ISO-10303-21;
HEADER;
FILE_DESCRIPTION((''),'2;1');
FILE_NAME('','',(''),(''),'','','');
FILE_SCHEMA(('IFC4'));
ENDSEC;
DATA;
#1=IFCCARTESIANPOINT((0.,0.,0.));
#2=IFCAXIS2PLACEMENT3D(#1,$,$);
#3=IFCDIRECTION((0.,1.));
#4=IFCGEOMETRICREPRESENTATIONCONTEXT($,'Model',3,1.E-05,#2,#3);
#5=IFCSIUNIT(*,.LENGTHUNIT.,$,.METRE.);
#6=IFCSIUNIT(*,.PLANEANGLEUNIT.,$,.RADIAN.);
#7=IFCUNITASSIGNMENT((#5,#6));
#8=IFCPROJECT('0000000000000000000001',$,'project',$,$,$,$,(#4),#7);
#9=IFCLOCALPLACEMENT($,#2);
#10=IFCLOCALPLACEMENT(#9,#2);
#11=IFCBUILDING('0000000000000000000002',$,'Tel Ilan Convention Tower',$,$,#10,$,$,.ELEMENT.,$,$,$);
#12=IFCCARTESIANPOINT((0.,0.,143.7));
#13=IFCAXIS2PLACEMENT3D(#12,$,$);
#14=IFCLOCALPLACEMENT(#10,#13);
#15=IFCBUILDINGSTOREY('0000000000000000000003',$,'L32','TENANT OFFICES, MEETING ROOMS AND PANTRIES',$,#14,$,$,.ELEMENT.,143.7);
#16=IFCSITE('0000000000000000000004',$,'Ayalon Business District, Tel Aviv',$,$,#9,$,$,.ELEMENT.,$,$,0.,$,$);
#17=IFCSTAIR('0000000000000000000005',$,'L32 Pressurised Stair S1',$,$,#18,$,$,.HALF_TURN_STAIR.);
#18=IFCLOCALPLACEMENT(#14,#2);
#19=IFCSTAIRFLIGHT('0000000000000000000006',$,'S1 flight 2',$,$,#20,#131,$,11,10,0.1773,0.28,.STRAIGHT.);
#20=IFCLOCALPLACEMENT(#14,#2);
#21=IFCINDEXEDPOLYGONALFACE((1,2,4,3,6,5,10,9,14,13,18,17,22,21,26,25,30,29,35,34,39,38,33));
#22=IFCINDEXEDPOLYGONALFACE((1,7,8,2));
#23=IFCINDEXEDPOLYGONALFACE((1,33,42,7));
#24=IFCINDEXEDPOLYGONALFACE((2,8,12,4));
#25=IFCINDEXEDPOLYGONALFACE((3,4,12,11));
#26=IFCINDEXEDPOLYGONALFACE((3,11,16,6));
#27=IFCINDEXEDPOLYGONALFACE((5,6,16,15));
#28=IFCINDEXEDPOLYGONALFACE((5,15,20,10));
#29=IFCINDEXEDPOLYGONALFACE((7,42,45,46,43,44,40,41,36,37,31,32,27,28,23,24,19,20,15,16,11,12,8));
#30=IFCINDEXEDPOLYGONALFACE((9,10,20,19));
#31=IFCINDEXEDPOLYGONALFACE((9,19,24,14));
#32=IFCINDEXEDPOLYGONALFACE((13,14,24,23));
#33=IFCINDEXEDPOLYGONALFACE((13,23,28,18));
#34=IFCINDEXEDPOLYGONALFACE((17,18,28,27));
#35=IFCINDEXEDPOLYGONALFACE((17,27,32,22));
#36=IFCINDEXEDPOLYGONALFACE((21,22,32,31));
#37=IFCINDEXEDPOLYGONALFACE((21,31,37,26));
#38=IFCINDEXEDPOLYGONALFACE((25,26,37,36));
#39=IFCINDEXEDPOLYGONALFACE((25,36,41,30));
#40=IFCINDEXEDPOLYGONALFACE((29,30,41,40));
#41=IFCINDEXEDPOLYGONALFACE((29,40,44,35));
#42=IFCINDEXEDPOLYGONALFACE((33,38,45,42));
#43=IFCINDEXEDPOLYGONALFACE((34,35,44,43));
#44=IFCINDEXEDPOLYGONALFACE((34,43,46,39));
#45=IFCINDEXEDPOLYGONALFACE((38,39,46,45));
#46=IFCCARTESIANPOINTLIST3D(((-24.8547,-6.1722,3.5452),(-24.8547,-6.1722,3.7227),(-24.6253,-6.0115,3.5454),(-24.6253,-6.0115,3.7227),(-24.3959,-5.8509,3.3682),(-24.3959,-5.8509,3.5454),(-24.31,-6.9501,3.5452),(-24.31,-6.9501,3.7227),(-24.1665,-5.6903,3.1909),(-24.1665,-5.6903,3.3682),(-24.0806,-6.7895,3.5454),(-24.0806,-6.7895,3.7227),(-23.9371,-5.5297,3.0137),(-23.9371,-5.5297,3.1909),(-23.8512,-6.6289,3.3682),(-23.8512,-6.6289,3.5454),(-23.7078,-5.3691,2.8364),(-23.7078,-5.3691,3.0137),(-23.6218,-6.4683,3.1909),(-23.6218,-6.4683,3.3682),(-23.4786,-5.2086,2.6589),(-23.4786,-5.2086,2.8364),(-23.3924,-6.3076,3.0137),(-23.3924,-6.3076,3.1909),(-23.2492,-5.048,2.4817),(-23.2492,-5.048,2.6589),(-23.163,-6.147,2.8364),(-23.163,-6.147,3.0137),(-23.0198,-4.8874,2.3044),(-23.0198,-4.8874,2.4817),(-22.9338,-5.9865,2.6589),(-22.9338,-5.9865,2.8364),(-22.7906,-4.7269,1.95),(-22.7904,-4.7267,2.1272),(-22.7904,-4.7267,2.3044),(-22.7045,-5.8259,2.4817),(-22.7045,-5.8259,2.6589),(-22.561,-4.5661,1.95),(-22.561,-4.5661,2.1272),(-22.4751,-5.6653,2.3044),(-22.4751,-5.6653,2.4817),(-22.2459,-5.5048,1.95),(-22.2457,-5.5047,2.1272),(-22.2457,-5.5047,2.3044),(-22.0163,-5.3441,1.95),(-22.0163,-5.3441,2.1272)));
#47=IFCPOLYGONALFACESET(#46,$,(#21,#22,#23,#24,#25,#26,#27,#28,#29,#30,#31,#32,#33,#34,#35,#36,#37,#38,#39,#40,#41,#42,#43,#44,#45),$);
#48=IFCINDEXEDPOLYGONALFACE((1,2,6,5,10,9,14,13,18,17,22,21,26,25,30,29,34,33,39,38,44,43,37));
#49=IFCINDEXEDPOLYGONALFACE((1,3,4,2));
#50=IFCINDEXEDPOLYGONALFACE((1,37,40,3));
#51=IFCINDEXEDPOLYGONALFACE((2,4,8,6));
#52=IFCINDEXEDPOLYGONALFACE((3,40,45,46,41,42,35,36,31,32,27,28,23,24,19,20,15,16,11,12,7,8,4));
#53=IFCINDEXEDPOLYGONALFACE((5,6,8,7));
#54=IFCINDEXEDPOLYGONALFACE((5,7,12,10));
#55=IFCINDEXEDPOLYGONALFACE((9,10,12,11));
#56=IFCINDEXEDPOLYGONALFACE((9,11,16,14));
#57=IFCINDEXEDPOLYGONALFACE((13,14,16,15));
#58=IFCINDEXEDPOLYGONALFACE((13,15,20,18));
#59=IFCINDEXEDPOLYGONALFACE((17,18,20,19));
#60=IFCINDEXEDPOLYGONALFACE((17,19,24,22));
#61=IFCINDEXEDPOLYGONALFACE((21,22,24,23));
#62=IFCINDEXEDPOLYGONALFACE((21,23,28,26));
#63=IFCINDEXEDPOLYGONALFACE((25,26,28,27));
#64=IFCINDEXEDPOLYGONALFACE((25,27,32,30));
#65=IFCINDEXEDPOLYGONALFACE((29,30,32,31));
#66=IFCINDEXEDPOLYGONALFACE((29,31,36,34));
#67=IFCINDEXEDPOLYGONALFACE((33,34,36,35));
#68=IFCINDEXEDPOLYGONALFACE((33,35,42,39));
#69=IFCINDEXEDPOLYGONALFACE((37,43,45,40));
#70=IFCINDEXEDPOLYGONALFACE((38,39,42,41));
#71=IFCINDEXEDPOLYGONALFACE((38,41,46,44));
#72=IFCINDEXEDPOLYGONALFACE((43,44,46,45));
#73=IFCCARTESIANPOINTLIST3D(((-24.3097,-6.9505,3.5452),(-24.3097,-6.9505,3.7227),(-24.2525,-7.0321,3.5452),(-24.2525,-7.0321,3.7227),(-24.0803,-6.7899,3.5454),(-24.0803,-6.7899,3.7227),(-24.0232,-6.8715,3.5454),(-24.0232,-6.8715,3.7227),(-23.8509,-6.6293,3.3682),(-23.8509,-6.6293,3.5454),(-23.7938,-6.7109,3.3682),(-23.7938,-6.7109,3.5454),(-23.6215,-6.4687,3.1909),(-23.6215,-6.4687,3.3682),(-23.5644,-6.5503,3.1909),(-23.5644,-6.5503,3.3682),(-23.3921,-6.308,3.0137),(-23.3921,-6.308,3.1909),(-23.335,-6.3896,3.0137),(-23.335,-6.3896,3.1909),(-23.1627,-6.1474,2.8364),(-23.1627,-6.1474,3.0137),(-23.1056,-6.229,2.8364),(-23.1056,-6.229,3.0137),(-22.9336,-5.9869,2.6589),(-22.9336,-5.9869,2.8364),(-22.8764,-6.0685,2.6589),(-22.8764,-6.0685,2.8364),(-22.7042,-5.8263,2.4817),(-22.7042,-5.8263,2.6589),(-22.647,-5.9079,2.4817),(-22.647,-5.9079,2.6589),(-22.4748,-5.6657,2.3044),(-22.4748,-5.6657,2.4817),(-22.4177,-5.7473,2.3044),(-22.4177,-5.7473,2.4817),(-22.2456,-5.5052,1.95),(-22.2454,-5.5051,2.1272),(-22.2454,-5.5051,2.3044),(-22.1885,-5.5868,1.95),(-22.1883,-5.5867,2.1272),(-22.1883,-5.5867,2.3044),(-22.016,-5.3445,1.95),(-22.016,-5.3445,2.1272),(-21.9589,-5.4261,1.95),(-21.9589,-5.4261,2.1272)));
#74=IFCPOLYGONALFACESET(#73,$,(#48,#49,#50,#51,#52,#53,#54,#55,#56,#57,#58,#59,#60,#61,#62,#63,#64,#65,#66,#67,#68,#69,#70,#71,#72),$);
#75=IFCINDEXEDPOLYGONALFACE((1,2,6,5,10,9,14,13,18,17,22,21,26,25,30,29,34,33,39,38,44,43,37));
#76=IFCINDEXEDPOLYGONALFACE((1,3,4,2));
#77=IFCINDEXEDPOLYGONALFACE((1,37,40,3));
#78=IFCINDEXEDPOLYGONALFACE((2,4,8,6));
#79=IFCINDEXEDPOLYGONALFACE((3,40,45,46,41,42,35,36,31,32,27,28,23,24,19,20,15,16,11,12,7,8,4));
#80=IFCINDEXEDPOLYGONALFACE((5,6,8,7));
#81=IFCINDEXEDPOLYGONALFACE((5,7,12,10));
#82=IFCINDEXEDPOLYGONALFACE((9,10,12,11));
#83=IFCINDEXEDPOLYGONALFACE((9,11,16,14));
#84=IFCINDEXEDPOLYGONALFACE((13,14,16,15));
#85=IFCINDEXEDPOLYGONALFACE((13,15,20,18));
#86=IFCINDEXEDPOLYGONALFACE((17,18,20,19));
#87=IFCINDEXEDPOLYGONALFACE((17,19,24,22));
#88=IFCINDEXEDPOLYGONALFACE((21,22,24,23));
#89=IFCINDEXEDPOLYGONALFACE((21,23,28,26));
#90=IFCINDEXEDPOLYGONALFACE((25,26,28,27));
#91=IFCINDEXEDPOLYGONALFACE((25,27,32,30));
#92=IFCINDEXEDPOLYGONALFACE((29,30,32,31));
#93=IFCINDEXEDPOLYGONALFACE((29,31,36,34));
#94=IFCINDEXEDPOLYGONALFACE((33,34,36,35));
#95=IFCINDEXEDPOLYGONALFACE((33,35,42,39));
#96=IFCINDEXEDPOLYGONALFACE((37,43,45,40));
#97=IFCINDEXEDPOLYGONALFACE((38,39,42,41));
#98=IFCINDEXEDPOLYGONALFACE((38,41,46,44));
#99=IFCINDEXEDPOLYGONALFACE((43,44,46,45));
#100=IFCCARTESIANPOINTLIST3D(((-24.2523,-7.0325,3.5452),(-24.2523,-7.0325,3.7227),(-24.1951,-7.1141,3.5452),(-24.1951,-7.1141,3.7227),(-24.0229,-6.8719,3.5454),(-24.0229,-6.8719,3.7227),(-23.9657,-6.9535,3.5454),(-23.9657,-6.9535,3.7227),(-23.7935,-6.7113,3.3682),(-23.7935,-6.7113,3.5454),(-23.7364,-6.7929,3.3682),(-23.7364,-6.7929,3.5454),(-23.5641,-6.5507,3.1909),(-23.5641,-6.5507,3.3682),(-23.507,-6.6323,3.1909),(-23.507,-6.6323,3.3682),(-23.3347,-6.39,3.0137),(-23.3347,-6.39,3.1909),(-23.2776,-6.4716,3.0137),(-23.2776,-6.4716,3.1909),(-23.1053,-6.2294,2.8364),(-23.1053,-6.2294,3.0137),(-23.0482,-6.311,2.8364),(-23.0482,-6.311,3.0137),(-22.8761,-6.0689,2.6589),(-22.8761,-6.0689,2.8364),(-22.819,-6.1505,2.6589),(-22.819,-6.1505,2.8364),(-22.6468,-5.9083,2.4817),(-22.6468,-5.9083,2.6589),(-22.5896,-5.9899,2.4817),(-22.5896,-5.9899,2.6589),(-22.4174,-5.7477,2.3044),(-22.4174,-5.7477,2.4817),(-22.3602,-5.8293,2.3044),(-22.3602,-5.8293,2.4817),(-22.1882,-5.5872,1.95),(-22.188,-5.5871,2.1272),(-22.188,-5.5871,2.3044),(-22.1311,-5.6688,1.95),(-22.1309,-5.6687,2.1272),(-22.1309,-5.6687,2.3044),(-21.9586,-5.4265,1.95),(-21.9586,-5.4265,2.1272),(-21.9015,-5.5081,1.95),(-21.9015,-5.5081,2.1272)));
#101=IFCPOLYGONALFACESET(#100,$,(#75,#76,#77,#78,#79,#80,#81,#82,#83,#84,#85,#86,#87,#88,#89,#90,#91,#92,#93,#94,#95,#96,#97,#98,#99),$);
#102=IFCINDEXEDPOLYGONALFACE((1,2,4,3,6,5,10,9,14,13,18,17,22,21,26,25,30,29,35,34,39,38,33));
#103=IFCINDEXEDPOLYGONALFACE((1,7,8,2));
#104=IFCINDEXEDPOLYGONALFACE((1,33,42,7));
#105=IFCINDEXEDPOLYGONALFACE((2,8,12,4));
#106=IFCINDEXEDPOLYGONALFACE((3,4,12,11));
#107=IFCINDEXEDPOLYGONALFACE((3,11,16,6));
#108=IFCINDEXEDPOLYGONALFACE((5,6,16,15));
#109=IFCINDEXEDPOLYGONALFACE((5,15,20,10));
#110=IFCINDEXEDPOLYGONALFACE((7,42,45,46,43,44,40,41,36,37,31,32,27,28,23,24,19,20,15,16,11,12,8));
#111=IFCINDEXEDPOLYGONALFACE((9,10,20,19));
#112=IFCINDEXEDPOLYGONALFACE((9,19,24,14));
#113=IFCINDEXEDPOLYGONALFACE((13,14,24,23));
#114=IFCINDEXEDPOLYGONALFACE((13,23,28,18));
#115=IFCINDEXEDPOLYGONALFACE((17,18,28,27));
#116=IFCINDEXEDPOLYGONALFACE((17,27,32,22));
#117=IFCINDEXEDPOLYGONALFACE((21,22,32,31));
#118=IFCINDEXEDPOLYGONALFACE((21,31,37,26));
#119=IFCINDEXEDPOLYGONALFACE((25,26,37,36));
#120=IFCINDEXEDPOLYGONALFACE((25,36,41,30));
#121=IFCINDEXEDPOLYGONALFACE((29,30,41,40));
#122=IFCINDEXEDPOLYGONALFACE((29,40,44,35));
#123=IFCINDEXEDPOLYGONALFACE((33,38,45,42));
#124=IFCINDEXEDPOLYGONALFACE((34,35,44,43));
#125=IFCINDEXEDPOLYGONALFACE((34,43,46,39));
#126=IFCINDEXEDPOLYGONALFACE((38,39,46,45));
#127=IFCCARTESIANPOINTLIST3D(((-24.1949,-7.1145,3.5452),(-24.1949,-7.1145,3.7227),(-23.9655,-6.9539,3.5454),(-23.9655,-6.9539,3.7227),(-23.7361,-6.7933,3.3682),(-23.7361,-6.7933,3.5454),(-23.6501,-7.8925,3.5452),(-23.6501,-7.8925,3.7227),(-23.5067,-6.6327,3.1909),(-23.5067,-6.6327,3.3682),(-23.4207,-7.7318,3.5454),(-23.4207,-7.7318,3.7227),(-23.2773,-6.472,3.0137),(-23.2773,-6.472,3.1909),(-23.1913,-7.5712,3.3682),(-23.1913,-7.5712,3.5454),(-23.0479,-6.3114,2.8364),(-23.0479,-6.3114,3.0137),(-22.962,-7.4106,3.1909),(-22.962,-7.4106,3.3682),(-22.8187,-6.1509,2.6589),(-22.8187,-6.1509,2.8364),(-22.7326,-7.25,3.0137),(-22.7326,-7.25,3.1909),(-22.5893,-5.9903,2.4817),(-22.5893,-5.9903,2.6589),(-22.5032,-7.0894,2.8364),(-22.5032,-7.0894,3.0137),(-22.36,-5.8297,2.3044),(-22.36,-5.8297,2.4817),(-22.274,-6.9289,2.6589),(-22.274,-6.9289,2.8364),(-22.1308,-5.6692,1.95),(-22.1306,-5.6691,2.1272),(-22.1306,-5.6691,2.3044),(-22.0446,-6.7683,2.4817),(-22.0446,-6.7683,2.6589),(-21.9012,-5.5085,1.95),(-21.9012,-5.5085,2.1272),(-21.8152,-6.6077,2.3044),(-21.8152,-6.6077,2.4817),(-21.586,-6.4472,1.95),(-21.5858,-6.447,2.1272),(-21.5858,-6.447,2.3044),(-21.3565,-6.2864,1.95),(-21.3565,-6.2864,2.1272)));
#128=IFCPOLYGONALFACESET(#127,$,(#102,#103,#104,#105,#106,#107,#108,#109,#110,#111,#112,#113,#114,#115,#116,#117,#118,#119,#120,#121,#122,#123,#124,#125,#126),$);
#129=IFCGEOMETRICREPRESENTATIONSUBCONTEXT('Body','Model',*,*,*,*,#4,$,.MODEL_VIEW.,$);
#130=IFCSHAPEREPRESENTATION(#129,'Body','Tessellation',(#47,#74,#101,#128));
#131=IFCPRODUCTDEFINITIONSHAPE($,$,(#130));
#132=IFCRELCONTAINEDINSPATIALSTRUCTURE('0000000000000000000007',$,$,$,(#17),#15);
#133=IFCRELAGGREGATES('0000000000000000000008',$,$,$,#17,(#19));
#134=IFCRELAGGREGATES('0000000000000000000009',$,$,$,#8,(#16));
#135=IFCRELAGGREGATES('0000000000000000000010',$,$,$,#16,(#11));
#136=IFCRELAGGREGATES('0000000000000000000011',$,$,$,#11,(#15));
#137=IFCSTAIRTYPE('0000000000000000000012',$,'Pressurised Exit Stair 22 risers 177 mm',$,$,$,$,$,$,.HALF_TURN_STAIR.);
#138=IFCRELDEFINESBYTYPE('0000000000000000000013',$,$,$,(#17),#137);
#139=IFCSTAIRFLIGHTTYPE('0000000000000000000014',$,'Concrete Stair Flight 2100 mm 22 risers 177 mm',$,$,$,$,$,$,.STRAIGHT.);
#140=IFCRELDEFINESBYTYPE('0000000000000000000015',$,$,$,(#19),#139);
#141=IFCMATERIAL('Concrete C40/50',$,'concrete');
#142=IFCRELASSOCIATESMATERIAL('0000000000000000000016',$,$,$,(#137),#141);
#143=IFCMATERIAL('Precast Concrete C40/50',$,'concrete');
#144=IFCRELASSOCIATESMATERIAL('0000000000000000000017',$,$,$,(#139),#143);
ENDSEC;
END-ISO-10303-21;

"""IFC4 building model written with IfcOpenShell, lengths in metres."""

from ifc_helpers import new_model, si_unit, direction, frame, origin, place, context, subcontext, project, spatial, polyline, outline, extrude, material, type_object, element, aggregate, save


model = new_model("IFC4")

# Units and contexts
model_context = context("Model", 3, precision=1e-05, world=origin(), true_north=direction((0.0, 1.0)))
body_context = subcontext(model_context, "Body", "Model", "MODEL_VIEW")
ifc_project = project(units=[si_unit("LENGTHUNIT", "METRE"), si_unit("PLANEANGLEUNIT", "RADIAN")], contexts=[model_context])

# Site, building, storey
site_placement = place(None, origin())
site = spatial("IfcSite", under=ifc_project, at=site_placement, Name="Ayalon Business District, Tel Aviv", CompositionType="ELEMENT", RefElevation=0.0)
building_placement = place(site_placement, origin())
building = spatial("IfcBuilding", under=site, at=building_placement, Name="Tel Ilan Convention Tower", CompositionType="ELEMENT")
storey_placement = place(building_placement, frame((0.0, 0.0, 143.7)))
storey = spatial("IfcBuildingStorey", under=building, at=storey_placement, Name="L32", Description="TENANT OFFICES, MEETING ROOMS AND PANTRIES", CompositionType="ELEMENT", Elevation=143.7)

# Stair, stair flight
ifc_material_1 = material(Name="Concrete C40/50", Category="concrete")
stair_type = type_object("IfcStairType", Name="Pressurised Exit Stair 22 risers 177 mm", PredefinedType="HALF_TURN_STAIR", material=ifc_material_1)
stair_1_placement = place(storey_placement, origin())
stair_1 = element("IfcStair", 1, at=stair_1_placement, inside=storey, type_object=stair_type, Name="L32 Pressurised Stair S1", PredefinedType="HALF_TURN_STAIR")
ifc_material_2 = material(Name="Precast Concrete C40/50", Category="concrete")
stair_flight_type = type_object("IfcStairFlightType", Name="Concrete Stair Flight 2100 mm 22 risers 177 mm", PredefinedType="STRAIGHT", material=ifc_material_2)
stair_flight_1_placement = place(storey_placement, frame((-21.9587, -5.4263, 1.95), z_axis=(0.0, 0.0, 1.0), x_axis=(-0.819152, -0.573576, 0.0)))
stair_flight_1 = element("IfcStairFlight", 2, at=stair_flight_1_placement, type_object=stair_flight_type, Name="S1 flight 2", NumberOfRisers=11, NumberOfTreads=10, PredefinedType="STRAIGHT", RiserHeight=0.1773, TreadLength=0.28, context=body_context, shape_type="SweptSolid", body=[
    extrude(outline(polyline([(0.0, 0.0), (0.0, 0.1772), (0.28, 0.1772), (0.28, 0.3545), (0.5601, 0.3545), (0.5601, 0.5317), (0.8401, 0.5317), (0.8401, 0.709), (1.1201, 0.709), (1.1201, 0.8865), (1.3999, 0.8865), (1.3999, 1.0637), (1.6799, 1.0637), (1.6799, 1.241), (1.96, 1.241), (1.96, 1.4182), (2.24, 1.4182), (2.24, 1.5955), (2.52, 1.5955), (2.52, 1.7727), (2.8, 1.7727), (2.8, 1.95), (2.8, 1.5952), (0.2803, 0.0), (0.0, 0.0)])), frame((0.0, -0.1003, 0.0), z_axis=(0.0, -1.0, 0.0), x_axis=(1.0, 0.0, 0.0)), (0.0, 0.0, 1.0), 0.9497),
    extrude(outline(polyline([(0.0, 0.0), (0.0, 0.1772), (0.28, 0.1772), (0.28, 0.3545), (0.5601, 0.3545), (0.5601, 0.5317), (0.8401, 0.5317), (0.8401, 0.709), (1.1201, 0.709), (1.1201, 0.8865), (1.3999, 0.8865), (1.3999, 1.0637), (1.6799, 1.0637), (1.6799, 1.241), (1.96, 1.241), (1.96, 1.4182), (2.24, 1.4182), (2.24, 1.5955), (2.52, 1.5955), (2.52, 1.7727), (2.8, 1.7727), (2.8, 1.95), (2.8, 1.5952), (0.2803, 0.0), (0.0, 0.0)])), frame((0.0, -0.0002, 0.0), z_axis=(0.0, -1.0, 0.0), x_axis=(1.0, 0.0, 0.0)), (0.0, 0.0, 1.0), 0.0996),
    extrude(outline(polyline([(0.0, 0.0), (0.0, 0.1772), (0.28, 0.1772), (0.28, 0.3545), (0.5601, 0.3545), (0.5601, 0.5317), (0.8401, 0.5317), (0.8401, 0.709), (1.1201, 0.709), (1.1201, 0.8865), (1.3999, 0.8865), (1.3999, 1.0637), (1.6799, 1.0637), (1.6799, 1.241), (1.96, 1.241), (1.96, 1.4182), (2.24, 1.4182), (2.24, 1.5955), (2.52, 1.5955), (2.52, 1.7727), (2.8, 1.7727), (2.8, 1.95), (2.8, 1.5952), (0.2803, 0.0), (0.0, 0.0)])), frame((0.0, 0.0999, 0.0), z_axis=(0.0, -1.0, 0.0), x_axis=(1.0, 0.0, 0.0)), (0.0, 0.0, 1.0), 0.0996),
    extrude(outline(polyline([(0.0, 0.0), (0.0, 0.1772), (0.28, 0.1772), (0.28, 0.3545), (0.5601, 0.3545), (0.5601, 0.5317), (0.8401, 0.5317), (0.8401, 0.709), (1.1201, 0.709), (1.1201, 0.8865), (1.3999, 0.8865), (1.3999, 1.0637), (1.6799, 1.0637), (1.6799, 1.241), (1.96, 1.241), (1.96, 1.4182), (2.24, 1.4182), (2.24, 1.5955), (2.52, 1.5955), (2.52, 1.7727), (2.8, 1.7727), (2.8, 1.95), (2.8, 1.5952), (0.2803, 0.0), (0.0, 0.0)])), frame((0.0, 1.05, 0.0), z_axis=(0.0, -1.0, 0.0), x_axis=(1.0, 0.0, 0.0)), (0.0, 0.0, 1.0), 0.9497),
])
aggregate(stair_1, [stair_flight_1])

save(model, "model.ifc")
